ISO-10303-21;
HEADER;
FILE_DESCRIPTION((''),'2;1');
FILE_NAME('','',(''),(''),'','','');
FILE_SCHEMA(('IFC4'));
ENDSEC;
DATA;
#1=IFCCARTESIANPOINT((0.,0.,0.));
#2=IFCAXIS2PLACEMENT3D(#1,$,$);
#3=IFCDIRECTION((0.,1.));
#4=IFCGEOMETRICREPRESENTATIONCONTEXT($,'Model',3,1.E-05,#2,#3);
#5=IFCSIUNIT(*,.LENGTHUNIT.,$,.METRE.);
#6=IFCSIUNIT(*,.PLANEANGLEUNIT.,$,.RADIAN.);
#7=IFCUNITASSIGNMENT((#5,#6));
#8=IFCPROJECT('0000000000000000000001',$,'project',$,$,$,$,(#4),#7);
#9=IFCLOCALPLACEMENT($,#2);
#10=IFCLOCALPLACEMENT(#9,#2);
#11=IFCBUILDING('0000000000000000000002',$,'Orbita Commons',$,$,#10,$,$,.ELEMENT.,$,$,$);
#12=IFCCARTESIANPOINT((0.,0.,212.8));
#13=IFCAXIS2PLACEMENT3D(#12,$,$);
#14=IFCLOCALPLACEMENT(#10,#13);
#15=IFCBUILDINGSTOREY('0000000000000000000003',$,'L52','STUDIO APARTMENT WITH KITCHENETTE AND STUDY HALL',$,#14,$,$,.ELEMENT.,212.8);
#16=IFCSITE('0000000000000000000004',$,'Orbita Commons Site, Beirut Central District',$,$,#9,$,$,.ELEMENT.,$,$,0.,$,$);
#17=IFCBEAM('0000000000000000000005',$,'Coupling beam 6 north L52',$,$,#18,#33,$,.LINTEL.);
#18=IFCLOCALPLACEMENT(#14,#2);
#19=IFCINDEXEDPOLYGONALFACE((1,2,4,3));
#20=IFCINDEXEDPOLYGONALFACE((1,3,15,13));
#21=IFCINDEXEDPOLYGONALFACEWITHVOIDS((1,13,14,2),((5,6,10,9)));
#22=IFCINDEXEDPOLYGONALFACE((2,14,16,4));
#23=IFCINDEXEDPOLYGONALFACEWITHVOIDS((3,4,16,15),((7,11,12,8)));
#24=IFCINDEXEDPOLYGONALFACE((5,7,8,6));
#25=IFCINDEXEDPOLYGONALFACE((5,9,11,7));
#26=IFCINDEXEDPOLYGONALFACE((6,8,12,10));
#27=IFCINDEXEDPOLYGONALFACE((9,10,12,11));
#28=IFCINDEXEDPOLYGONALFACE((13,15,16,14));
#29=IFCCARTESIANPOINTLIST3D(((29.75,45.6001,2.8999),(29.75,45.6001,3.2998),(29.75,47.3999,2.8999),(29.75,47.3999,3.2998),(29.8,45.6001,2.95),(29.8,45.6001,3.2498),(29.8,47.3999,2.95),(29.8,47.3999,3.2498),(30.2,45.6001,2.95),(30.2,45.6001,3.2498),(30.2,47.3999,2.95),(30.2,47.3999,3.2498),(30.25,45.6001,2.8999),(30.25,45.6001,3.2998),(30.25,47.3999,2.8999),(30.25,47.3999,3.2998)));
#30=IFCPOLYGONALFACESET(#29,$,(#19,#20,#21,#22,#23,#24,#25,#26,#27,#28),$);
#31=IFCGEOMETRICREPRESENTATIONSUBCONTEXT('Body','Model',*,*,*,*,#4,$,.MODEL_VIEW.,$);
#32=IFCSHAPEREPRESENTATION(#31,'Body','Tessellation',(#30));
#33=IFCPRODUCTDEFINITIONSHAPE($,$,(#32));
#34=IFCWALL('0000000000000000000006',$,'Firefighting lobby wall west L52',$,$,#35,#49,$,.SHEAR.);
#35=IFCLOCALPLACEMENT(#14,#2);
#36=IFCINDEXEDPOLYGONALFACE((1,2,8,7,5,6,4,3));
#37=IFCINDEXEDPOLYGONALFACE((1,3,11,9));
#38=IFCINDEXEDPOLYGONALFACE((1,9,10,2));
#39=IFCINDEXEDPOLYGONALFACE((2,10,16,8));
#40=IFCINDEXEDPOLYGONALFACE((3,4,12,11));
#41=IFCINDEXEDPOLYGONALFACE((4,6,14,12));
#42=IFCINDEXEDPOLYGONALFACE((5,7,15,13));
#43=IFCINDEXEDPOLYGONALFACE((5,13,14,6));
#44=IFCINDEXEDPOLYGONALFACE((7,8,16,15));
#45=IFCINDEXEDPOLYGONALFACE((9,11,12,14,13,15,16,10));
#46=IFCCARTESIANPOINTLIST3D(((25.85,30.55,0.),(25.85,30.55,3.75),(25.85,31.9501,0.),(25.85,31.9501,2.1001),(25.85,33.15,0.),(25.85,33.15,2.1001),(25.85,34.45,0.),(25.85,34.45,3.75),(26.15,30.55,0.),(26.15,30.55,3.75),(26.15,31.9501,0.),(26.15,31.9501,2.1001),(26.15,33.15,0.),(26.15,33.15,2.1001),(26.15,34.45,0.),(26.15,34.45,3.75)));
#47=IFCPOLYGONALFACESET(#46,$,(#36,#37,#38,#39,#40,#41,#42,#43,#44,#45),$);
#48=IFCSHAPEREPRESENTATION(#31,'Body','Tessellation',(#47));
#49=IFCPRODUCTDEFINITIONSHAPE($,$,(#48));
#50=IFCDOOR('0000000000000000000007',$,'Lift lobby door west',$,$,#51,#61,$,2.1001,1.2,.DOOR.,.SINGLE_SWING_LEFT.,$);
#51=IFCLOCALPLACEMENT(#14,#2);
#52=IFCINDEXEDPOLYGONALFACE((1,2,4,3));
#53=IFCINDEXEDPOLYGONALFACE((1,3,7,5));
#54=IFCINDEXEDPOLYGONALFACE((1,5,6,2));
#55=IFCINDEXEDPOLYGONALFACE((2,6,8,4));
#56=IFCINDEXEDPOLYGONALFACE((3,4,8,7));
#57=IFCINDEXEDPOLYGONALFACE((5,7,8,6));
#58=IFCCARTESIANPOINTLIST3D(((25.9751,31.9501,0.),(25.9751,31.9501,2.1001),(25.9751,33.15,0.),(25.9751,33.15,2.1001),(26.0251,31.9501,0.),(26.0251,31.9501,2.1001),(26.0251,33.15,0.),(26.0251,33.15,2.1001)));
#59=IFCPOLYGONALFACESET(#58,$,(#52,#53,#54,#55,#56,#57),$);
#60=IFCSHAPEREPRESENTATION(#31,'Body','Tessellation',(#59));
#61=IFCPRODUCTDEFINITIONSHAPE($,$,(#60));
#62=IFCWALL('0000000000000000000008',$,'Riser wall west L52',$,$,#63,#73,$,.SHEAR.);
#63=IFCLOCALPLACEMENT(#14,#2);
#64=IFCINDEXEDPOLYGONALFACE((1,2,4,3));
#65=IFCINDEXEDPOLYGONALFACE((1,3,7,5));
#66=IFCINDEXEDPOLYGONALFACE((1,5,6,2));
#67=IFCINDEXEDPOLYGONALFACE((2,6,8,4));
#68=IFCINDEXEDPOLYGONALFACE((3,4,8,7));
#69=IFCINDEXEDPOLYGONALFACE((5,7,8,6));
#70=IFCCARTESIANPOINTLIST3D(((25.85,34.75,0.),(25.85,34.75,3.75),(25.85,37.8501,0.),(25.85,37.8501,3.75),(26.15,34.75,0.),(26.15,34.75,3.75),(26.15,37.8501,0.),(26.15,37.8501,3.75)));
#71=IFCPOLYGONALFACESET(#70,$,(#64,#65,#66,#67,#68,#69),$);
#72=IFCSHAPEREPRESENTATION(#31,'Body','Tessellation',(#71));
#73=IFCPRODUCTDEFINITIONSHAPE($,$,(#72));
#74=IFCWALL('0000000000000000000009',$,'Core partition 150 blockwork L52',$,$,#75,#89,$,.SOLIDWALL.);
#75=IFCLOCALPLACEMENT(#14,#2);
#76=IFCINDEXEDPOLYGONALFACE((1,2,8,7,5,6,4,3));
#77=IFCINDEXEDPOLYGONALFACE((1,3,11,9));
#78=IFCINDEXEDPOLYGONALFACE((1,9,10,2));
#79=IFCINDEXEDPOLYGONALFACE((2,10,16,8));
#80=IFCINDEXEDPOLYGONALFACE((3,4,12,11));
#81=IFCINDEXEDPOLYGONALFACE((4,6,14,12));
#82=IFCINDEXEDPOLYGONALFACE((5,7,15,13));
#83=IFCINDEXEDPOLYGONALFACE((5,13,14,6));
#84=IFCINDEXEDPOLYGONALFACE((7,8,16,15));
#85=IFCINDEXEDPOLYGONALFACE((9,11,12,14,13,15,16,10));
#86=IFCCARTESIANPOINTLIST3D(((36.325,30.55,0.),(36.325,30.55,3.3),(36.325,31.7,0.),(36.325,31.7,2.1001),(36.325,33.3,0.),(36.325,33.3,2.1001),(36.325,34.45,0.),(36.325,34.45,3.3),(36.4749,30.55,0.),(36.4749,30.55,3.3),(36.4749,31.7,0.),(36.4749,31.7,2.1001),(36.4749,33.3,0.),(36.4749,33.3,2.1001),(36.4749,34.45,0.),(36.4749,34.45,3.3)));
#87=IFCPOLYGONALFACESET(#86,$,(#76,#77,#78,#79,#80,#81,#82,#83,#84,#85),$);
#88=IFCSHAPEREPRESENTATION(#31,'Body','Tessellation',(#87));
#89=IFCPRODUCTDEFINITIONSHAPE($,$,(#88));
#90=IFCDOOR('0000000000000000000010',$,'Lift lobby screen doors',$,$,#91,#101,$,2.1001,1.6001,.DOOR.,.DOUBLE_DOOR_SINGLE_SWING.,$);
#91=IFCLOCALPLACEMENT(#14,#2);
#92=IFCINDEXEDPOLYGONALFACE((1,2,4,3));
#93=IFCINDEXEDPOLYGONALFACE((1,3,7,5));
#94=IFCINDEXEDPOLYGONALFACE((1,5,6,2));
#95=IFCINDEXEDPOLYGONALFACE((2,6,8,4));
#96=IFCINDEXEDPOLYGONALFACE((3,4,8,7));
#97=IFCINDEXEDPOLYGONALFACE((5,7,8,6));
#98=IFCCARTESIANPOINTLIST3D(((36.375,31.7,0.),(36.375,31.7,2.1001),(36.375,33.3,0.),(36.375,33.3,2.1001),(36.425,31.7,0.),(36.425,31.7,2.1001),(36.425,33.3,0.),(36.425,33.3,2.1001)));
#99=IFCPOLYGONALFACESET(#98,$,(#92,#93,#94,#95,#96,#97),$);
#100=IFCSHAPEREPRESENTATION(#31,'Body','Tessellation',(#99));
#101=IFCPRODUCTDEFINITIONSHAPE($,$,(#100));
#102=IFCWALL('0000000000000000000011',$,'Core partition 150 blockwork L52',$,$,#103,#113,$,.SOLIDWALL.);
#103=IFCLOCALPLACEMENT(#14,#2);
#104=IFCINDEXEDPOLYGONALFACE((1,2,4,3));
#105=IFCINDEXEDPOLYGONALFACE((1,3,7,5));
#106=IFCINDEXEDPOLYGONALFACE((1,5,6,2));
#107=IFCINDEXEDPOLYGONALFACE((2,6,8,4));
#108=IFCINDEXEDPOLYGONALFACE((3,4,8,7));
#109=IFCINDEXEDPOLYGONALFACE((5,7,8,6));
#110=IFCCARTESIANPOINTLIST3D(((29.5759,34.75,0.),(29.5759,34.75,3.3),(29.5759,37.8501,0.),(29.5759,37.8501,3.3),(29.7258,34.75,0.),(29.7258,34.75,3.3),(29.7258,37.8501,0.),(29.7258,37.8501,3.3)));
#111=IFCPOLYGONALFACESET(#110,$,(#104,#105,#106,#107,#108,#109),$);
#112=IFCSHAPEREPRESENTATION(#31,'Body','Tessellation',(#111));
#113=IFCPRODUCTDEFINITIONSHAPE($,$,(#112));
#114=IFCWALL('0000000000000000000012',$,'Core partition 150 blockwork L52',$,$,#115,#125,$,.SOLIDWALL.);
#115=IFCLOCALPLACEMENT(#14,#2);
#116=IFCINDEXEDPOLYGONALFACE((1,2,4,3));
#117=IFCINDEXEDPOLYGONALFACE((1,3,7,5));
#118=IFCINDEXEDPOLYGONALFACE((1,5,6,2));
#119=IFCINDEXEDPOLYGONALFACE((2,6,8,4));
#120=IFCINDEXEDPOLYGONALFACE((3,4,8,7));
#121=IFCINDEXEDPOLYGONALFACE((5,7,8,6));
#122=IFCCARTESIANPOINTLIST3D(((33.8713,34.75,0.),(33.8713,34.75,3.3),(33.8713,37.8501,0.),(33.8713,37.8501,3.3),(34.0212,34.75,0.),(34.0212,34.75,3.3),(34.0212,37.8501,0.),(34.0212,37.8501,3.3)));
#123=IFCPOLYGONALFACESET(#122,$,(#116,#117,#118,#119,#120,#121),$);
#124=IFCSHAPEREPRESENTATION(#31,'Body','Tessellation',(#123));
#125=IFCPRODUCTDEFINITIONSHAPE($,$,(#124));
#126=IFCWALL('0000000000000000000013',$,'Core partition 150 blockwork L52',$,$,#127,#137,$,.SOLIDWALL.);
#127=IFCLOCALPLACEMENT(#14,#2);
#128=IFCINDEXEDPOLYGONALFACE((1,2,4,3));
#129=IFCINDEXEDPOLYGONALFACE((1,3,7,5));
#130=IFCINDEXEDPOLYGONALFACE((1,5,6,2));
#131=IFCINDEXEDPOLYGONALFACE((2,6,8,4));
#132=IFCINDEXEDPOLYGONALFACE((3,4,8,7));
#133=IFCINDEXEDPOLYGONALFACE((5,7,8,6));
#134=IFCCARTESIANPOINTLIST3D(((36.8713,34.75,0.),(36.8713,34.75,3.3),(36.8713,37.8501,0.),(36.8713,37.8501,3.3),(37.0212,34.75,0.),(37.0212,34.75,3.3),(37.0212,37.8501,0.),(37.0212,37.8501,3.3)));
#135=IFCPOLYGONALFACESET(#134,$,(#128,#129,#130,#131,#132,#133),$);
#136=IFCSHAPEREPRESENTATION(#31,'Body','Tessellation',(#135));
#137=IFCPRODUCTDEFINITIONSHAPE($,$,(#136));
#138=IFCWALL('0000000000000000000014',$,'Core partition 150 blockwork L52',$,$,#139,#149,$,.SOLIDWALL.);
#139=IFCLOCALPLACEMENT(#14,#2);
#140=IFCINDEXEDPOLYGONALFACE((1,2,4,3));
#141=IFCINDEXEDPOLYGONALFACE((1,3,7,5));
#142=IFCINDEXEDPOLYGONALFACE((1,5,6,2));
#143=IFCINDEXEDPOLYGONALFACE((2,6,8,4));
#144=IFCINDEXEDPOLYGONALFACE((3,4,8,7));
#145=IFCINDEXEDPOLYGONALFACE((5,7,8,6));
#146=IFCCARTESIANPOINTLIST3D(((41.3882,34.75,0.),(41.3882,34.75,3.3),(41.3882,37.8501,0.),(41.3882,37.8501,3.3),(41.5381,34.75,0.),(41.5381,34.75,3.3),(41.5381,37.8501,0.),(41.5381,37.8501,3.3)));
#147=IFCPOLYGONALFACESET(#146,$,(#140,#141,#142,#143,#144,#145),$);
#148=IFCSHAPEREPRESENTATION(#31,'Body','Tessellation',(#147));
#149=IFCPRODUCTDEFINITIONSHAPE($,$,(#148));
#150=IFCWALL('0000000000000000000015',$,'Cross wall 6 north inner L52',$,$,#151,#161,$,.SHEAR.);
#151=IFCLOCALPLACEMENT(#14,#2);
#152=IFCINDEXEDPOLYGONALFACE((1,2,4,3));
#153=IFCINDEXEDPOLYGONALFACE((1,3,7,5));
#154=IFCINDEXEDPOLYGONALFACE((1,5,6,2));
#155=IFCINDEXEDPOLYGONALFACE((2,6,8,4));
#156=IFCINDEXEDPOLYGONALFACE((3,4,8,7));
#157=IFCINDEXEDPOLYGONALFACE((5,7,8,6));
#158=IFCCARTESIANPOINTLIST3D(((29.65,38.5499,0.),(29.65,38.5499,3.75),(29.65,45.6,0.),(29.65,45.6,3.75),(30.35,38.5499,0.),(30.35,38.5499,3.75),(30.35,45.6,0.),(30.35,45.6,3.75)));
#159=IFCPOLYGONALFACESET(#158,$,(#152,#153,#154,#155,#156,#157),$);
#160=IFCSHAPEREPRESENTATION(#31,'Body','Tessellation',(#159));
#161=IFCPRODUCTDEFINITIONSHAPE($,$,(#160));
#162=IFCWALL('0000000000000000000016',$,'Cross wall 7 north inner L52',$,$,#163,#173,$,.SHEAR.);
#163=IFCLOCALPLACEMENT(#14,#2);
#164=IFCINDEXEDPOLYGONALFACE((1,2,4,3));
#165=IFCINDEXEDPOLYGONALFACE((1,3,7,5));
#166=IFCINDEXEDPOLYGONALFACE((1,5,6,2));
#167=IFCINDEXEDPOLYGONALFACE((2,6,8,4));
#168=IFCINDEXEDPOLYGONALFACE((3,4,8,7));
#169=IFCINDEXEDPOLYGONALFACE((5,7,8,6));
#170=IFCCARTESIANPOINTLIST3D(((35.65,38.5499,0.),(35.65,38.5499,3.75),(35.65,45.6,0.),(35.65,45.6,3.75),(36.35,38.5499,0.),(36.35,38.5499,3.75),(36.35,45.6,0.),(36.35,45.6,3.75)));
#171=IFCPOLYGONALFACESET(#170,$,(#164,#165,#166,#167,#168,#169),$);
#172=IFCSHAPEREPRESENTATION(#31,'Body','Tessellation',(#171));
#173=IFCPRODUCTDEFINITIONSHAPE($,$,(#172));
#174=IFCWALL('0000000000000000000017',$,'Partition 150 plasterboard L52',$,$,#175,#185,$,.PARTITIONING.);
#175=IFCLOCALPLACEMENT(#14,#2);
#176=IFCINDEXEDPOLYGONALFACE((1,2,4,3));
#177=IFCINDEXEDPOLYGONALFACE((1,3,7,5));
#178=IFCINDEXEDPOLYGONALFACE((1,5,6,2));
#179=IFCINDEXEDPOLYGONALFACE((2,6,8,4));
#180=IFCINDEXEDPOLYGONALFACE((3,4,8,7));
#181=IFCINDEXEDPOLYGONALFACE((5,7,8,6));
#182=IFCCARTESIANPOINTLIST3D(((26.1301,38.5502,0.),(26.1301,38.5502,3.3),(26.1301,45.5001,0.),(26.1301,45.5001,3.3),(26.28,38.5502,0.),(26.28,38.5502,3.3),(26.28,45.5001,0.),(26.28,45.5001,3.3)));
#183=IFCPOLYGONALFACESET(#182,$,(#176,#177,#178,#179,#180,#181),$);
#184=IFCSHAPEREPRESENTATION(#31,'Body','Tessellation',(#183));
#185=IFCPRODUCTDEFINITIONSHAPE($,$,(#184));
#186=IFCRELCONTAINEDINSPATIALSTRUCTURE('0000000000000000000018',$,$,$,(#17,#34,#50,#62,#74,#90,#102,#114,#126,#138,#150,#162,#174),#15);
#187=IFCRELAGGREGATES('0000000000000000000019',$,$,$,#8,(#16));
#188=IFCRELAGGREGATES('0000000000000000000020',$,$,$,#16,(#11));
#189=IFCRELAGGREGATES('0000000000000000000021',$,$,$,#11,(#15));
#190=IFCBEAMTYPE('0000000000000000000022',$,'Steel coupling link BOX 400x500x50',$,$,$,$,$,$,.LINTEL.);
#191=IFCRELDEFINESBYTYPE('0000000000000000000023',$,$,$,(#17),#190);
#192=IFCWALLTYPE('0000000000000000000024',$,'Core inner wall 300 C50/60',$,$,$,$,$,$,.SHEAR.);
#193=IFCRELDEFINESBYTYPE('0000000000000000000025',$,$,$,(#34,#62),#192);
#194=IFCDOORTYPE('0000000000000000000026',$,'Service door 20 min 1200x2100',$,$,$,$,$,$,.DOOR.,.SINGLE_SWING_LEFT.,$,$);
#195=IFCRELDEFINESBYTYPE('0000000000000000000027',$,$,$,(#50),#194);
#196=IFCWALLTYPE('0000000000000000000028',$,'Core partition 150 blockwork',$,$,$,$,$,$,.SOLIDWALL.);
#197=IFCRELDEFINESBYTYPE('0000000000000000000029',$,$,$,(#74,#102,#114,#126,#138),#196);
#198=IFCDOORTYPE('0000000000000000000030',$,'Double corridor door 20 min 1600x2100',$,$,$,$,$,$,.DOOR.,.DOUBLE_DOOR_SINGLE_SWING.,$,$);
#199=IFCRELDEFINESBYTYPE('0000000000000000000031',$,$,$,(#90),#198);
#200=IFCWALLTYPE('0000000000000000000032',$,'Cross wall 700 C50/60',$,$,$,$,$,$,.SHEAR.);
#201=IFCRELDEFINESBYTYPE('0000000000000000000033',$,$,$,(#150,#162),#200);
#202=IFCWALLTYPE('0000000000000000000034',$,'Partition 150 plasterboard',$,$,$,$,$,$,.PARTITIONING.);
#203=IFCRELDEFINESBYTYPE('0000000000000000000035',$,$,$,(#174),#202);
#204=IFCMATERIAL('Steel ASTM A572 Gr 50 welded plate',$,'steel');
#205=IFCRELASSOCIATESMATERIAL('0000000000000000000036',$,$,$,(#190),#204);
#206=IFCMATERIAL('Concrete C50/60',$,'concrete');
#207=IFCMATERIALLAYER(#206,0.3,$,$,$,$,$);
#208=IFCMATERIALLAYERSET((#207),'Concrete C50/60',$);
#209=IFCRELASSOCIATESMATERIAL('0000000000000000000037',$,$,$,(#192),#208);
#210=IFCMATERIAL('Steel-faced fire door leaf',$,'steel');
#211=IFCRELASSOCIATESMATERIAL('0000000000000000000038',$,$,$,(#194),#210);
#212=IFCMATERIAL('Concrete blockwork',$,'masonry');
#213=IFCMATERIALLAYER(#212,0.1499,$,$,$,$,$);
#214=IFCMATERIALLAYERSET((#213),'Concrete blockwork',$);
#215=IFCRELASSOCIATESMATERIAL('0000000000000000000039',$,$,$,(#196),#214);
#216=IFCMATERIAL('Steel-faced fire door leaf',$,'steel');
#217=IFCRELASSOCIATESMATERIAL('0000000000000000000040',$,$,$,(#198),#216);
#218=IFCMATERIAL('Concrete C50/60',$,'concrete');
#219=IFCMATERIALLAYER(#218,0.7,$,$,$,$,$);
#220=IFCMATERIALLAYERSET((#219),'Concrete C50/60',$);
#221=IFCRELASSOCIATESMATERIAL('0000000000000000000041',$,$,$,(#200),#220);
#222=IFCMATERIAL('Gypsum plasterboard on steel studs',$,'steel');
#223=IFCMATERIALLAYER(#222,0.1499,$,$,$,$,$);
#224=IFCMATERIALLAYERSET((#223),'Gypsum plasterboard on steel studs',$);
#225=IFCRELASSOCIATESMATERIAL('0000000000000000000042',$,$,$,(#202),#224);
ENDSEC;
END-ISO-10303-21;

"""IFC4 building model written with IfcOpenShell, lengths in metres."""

from ifc_helpers import new_model, si_unit, direction, frame, frame_2d, origin, origin_2d, place, context, subcontext, project, spatial, rectangle, hollow_rectangle, extrude, material, layer, layer_set, material_profile, profile_set, type_object, element, fill, save


model = new_model("IFC4")

# Units and contexts
model_context = context("Model", 3, precision=1e-05, world=origin(), true_north=direction((0.0, 1.0)))
body_context = subcontext(model_context, "Body", "Model", "MODEL_VIEW")
ifc_project = project(units=[si_unit("LENGTHUNIT", "METRE"), si_unit("PLANEANGLEUNIT", "RADIAN")], contexts=[model_context])

# Site, building, storey
site_placement = place(None, origin())
site = spatial("IfcSite", under=ifc_project, at=site_placement, Name="Orbita Commons Site, Beirut Central District", CompositionType="ELEMENT", RefElevation=0.0)
building_placement = place(site_placement, origin())
building = spatial("IfcBuilding", under=site, at=building_placement, Name="Orbita Commons", CompositionType="ELEMENT")
storey_placement = place(building_placement, frame((0.0, 0.0, 212.8)))
storey = spatial("IfcBuildingStorey", under=building, at=storey_placement, Name="L52", Description="STUDIO APARTMENT WITH KITCHENETTE AND STUDY HALL", CompositionType="ELEMENT", Elevation=212.8)

# Beam
ifc_material_1 = material(Name="Steel ASTM A572 Gr 50 welded plate", Category="steel")
ifc_material_profile = material_profile(ifc_material_1, hollow_rectangle(XDim=0.5, YDim=0.3999, WallThickness=0.05, at=origin_2d()), Name="BOX 400x500x50")
ifc_profile_set = profile_set([ifc_material_profile], Name="Steel ASTM A572 Gr 50 welded plate")
beam_type = type_object("IfcBeamType", Name="Steel coupling link BOX 400x500x50", PredefinedType="LINTEL", material=ifc_profile_set)
beam_placement = place(storey_placement, frame((30.0, 45.6001, 3.0999), z_axis=(0.0, 1.0, 0.0), x_axis=(-1.0, 0.0, 0.0)))
element("IfcBeam", 1, at=beam_placement, inside=storey, type_object=beam_type, Name="Coupling beam 6 north L52", PredefinedType="LINTEL", context=body_context, shape_type="SweptSolid", body=[
    extrude(hollow_rectangle(XDim=0.5, YDim=0.3999, WallThickness=0.05, at=origin_2d()), origin(), (0.0, 0.0, 1.0), 1.7998),
])

# Wall, opening, door
ifc_material_2 = material(Name="Concrete C50/60", Category="concrete")
ifc_layer_1 = layer(ifc_material_2, 0.3)
ifc_layer_set_1 = layer_set([ifc_layer_1], Name="Concrete C50/60")
wall_type_1 = type_object("IfcWallType", Name="Core inner wall 300 C50/60", PredefinedType="SHEAR", material=ifc_layer_set_1)
wall_1_placement = place(storey_placement, frame((26.0, 30.55, 0.0), z_axis=(0.0, 0.0, 1.0), x_axis=(0.0, 1.0, 0.0)))
wall_1 = element("IfcWall", 2, at=wall_1_placement, inside=storey, type_object=wall_type_1, Name="Firefighting lobby wall west L52", PredefinedType="SHEAR", context=body_context, shape_type="SweptSolid", body=[
    extrude(rectangle(XDim=3.8999, YDim=0.3, at=frame_2d((1.95, 0.0))), origin(), (0.0, 0.0, 1.0), 3.75),
])
opening_1_placement = place(wall_1_placement, frame((1.3999, 0.0, 0.0)))
opening_1 = element("IfcOpeningElement", 3, at=opening_1_placement, cuts=wall_1, PredefinedType="OPENING", context=body_context, shape_type="SweptSolid", body=[
    extrude(rectangle(XDim=1.2, YDim=2.1001, at=frame_2d((0.6001, 1.05))), frame((0.0, 0.1599, 0.0), z_axis=(0.0, -1.0, 0.0), x_axis=(1.0, 0.0, 0.0)), (0.0, 0.0, 1.0), 0.3201),
])
ifc_material_3 = material(Name="Steel-faced fire door leaf", Category="steel")
door_type_1 = type_object("IfcDoorType", Name="Service door 20 min 1200x2100", OperationType="SINGLE_SWING_LEFT", PredefinedType="DOOR", material=ifc_material_3)
door_1_placement = place(opening_1_placement, origin())
door_1 = element("IfcDoor", 4, at=door_1_placement, inside=storey, type_object=door_type_1, Name="Lift lobby door west", OperationType="SINGLE_SWING_LEFT", OverallHeight=2.1001, OverallWidth=1.2, PredefinedType="DOOR", context=body_context, shape_type="SweptSolid", body=[
    extrude(rectangle(XDim=1.2, YDim=2.1001, at=frame_2d((0.6001, 1.05))), frame((0.0, 0.0249, 0.0), z_axis=(0.0, -1.0, 0.0), x_axis=(1.0, 0.0, 0.0)), (0.0, 0.0, 1.0), 0.05),
])
fill(opening_1, door_1)

# Wall
wall_2_placement = place(storey_placement, frame((26.0, 34.75, 0.0), z_axis=(0.0, 0.0, 1.0), x_axis=(0.0, 1.0, 0.0)))
element("IfcWall", 5, at=wall_2_placement, inside=storey, type_object=wall_type_1, Name="Riser wall west L52", PredefinedType="SHEAR", context=body_context, shape_type="SweptSolid", body=[
    extrude(rectangle(XDim=3.1001, YDim=0.3, at=frame_2d((1.55, 0.0))), origin(), (0.0, 0.0, 1.0), 3.75),
])

# Wall, opening, door
ifc_material_4 = material(Name="Concrete blockwork", Category="masonry")
ifc_layer_2 = layer(ifc_material_4, 0.1499)
ifc_layer_set_2 = layer_set([ifc_layer_2], Name="Concrete blockwork")
wall_type_2 = type_object("IfcWallType", Name="Core partition 150 blockwork", PredefinedType="SOLIDWALL", material=ifc_layer_set_2)
wall_3_placement = place(storey_placement, frame((36.3999, 30.55, 0.0), z_axis=(0.0, 0.0, 1.0), x_axis=(0.0, 1.0, 0.0)))
wall_3 = element("IfcWall", 6, at=wall_3_placement, inside=storey, type_object=wall_type_2, Name="Core partition 150 blockwork L52", PredefinedType="SOLIDWALL", context=body_context, shape_type="SweptSolid", body=[
    extrude(rectangle(XDim=3.8999, YDim=0.1499, at=frame_2d((1.95, 0.0))), origin(), (0.0, 0.0, 1.0), 3.3),
])
opening_2_placement = place(wall_3_placement, frame((1.1499, 0.0, 0.0)))
opening_2 = element("IfcOpeningElement", 7, at=opening_2_placement, cuts=wall_3, PredefinedType="OPENING", context=body_context, shape_type="SweptSolid", body=[
    extrude(rectangle(XDim=1.6001, YDim=2.1001, at=frame_2d((0.8, 1.05))), frame((0.0, 0.085, 0.0), z_axis=(0.0, -1.0, 0.0), x_axis=(1.0, 0.0, 0.0)), (0.0, 0.0, 1.0), 0.1699),
])
ifc_material_5 = material(Name="Steel-faced fire door leaf", Category="steel")
door_type_2 = type_object("IfcDoorType", Name="Double corridor door 20 min 1600x2100", OperationType="DOUBLE_DOOR_SINGLE_SWING", PredefinedType="DOOR", material=ifc_material_5)
door_2_placement = place(opening_2_placement, origin())
door_2 = element("IfcDoor", 8, at=door_2_placement, inside=storey, type_object=door_type_2, Name="Lift lobby screen doors", OperationType="DOUBLE_DOOR_SINGLE_SWING", OverallHeight=2.1001, OverallWidth=1.6001, PredefinedType="DOOR", context=body_context, shape_type="SweptSolid", body=[
    extrude(rectangle(XDim=1.6001, YDim=2.1001, at=frame_2d((0.8, 1.05))), frame((0.0, 0.0249, 0.0), z_axis=(0.0, -1.0, 0.0), x_axis=(1.0, 0.0, 0.0)), (0.0, 0.0, 1.0), 0.05),
])
fill(opening_2, door_2)

# Walls
for number, where, z_axis, x_axis, name in (
    (9, (29.6509, 34.75, 0.0), (0.0, 0.0, 1.0), (0.0, 1.0, 0.0), "Core partition 150 blockwork L52"),
    (10, (33.9463, 34.75, 0.0), (0.0, 0.0, 1.0), (0.0, 1.0, 0.0), "Core partition 150 blockwork L52"),
    (11, (36.9463, 34.75, 0.0), (0.0, 0.0, 1.0), (0.0, 1.0, 0.0), "Core partition 150 blockwork L52"),
    (12, (41.4631, 34.75, 0.0), (0.0, 0.0, 1.0), (0.0, 1.0, 0.0), "Core partition 150 blockwork L52"),
):
    element("IfcWall", number, at=place(storey_placement, frame(where, z_axis=z_axis, x_axis=x_axis)), inside=storey, type_object=wall_type_2, Name=name, PredefinedType="SOLIDWALL", context=body_context, shape_type="SweptSolid", body=[
        extrude(rectangle(XDim=3.1001, YDim=0.1499, at=frame_2d((1.55, 0.0))), origin(), (0.0, 0.0, 1.0), 3.3),
    ])
ifc_material_6 = material(Name="Concrete C50/60", Category="concrete")
ifc_layer_3 = layer(ifc_material_6, 0.7)
ifc_layer_set_3 = layer_set([ifc_layer_3], Name="Concrete C50/60")
wall_type_3 = type_object("IfcWallType", Name="Cross wall 700 C50/60", PredefinedType="SHEAR", material=ifc_layer_set_3)
for number, where, z_axis, x_axis, name in (
    (13, (30.0, 38.55, 0.0), (0.0, 0.0, 1.0), (0.0, 1.0, 0.0), "Cross wall 6 north inner L52"),
    (14, (36.0, 38.55, 0.0), (0.0, 0.0, 1.0), (0.0, 1.0, 0.0), "Cross wall 7 north inner L52"),
):
    element("IfcWall", number, at=place(storey_placement, frame(where, z_axis=z_axis, x_axis=x_axis)), inside=storey, type_object=wall_type_3, Name=name, PredefinedType="SHEAR", context=body_context, shape_type="SweptSolid", body=[
        extrude(rectangle(XDim=7.05, YDim=0.7, at=frame_2d((3.5249, 0.0))), origin(), (0.0, 0.0, 1.0), 3.75),
    ])
ifc_material_7 = material(Name="Gypsum plasterboard on steel studs", Category="steel")
ifc_layer_4 = layer(ifc_material_7, 0.1499)
ifc_layer_set_4 = layer_set([ifc_layer_4], Name="Gypsum plasterboard on steel studs")
wall_type_4 = type_object("IfcWallType", Name="Partition 150 plasterboard", PredefinedType="PARTITIONING", material=ifc_layer_set_4)
for number, where, z_axis, x_axis, name in (
    (15, (26.2051, 38.55, 0.0), (0.0, 0.0, 1.0), (0.0, 1.0, 0.0), "Partition 150 plasterboard L52"),
):
    element("IfcWall", number, at=place(storey_placement, frame(where, z_axis=z_axis, x_axis=x_axis)), inside=storey, type_object=wall_type_4, Name=name, PredefinedType="PARTITIONING", context=body_context, shape_type="SweptSolid", body=[
        extrude(rectangle(XDim=6.95, YDim=0.1499, at=frame_2d((3.4751, 0.0))), origin(), (0.0, 0.0, 1.0), 3.3),
    ])

save(model, "model.ifc")
